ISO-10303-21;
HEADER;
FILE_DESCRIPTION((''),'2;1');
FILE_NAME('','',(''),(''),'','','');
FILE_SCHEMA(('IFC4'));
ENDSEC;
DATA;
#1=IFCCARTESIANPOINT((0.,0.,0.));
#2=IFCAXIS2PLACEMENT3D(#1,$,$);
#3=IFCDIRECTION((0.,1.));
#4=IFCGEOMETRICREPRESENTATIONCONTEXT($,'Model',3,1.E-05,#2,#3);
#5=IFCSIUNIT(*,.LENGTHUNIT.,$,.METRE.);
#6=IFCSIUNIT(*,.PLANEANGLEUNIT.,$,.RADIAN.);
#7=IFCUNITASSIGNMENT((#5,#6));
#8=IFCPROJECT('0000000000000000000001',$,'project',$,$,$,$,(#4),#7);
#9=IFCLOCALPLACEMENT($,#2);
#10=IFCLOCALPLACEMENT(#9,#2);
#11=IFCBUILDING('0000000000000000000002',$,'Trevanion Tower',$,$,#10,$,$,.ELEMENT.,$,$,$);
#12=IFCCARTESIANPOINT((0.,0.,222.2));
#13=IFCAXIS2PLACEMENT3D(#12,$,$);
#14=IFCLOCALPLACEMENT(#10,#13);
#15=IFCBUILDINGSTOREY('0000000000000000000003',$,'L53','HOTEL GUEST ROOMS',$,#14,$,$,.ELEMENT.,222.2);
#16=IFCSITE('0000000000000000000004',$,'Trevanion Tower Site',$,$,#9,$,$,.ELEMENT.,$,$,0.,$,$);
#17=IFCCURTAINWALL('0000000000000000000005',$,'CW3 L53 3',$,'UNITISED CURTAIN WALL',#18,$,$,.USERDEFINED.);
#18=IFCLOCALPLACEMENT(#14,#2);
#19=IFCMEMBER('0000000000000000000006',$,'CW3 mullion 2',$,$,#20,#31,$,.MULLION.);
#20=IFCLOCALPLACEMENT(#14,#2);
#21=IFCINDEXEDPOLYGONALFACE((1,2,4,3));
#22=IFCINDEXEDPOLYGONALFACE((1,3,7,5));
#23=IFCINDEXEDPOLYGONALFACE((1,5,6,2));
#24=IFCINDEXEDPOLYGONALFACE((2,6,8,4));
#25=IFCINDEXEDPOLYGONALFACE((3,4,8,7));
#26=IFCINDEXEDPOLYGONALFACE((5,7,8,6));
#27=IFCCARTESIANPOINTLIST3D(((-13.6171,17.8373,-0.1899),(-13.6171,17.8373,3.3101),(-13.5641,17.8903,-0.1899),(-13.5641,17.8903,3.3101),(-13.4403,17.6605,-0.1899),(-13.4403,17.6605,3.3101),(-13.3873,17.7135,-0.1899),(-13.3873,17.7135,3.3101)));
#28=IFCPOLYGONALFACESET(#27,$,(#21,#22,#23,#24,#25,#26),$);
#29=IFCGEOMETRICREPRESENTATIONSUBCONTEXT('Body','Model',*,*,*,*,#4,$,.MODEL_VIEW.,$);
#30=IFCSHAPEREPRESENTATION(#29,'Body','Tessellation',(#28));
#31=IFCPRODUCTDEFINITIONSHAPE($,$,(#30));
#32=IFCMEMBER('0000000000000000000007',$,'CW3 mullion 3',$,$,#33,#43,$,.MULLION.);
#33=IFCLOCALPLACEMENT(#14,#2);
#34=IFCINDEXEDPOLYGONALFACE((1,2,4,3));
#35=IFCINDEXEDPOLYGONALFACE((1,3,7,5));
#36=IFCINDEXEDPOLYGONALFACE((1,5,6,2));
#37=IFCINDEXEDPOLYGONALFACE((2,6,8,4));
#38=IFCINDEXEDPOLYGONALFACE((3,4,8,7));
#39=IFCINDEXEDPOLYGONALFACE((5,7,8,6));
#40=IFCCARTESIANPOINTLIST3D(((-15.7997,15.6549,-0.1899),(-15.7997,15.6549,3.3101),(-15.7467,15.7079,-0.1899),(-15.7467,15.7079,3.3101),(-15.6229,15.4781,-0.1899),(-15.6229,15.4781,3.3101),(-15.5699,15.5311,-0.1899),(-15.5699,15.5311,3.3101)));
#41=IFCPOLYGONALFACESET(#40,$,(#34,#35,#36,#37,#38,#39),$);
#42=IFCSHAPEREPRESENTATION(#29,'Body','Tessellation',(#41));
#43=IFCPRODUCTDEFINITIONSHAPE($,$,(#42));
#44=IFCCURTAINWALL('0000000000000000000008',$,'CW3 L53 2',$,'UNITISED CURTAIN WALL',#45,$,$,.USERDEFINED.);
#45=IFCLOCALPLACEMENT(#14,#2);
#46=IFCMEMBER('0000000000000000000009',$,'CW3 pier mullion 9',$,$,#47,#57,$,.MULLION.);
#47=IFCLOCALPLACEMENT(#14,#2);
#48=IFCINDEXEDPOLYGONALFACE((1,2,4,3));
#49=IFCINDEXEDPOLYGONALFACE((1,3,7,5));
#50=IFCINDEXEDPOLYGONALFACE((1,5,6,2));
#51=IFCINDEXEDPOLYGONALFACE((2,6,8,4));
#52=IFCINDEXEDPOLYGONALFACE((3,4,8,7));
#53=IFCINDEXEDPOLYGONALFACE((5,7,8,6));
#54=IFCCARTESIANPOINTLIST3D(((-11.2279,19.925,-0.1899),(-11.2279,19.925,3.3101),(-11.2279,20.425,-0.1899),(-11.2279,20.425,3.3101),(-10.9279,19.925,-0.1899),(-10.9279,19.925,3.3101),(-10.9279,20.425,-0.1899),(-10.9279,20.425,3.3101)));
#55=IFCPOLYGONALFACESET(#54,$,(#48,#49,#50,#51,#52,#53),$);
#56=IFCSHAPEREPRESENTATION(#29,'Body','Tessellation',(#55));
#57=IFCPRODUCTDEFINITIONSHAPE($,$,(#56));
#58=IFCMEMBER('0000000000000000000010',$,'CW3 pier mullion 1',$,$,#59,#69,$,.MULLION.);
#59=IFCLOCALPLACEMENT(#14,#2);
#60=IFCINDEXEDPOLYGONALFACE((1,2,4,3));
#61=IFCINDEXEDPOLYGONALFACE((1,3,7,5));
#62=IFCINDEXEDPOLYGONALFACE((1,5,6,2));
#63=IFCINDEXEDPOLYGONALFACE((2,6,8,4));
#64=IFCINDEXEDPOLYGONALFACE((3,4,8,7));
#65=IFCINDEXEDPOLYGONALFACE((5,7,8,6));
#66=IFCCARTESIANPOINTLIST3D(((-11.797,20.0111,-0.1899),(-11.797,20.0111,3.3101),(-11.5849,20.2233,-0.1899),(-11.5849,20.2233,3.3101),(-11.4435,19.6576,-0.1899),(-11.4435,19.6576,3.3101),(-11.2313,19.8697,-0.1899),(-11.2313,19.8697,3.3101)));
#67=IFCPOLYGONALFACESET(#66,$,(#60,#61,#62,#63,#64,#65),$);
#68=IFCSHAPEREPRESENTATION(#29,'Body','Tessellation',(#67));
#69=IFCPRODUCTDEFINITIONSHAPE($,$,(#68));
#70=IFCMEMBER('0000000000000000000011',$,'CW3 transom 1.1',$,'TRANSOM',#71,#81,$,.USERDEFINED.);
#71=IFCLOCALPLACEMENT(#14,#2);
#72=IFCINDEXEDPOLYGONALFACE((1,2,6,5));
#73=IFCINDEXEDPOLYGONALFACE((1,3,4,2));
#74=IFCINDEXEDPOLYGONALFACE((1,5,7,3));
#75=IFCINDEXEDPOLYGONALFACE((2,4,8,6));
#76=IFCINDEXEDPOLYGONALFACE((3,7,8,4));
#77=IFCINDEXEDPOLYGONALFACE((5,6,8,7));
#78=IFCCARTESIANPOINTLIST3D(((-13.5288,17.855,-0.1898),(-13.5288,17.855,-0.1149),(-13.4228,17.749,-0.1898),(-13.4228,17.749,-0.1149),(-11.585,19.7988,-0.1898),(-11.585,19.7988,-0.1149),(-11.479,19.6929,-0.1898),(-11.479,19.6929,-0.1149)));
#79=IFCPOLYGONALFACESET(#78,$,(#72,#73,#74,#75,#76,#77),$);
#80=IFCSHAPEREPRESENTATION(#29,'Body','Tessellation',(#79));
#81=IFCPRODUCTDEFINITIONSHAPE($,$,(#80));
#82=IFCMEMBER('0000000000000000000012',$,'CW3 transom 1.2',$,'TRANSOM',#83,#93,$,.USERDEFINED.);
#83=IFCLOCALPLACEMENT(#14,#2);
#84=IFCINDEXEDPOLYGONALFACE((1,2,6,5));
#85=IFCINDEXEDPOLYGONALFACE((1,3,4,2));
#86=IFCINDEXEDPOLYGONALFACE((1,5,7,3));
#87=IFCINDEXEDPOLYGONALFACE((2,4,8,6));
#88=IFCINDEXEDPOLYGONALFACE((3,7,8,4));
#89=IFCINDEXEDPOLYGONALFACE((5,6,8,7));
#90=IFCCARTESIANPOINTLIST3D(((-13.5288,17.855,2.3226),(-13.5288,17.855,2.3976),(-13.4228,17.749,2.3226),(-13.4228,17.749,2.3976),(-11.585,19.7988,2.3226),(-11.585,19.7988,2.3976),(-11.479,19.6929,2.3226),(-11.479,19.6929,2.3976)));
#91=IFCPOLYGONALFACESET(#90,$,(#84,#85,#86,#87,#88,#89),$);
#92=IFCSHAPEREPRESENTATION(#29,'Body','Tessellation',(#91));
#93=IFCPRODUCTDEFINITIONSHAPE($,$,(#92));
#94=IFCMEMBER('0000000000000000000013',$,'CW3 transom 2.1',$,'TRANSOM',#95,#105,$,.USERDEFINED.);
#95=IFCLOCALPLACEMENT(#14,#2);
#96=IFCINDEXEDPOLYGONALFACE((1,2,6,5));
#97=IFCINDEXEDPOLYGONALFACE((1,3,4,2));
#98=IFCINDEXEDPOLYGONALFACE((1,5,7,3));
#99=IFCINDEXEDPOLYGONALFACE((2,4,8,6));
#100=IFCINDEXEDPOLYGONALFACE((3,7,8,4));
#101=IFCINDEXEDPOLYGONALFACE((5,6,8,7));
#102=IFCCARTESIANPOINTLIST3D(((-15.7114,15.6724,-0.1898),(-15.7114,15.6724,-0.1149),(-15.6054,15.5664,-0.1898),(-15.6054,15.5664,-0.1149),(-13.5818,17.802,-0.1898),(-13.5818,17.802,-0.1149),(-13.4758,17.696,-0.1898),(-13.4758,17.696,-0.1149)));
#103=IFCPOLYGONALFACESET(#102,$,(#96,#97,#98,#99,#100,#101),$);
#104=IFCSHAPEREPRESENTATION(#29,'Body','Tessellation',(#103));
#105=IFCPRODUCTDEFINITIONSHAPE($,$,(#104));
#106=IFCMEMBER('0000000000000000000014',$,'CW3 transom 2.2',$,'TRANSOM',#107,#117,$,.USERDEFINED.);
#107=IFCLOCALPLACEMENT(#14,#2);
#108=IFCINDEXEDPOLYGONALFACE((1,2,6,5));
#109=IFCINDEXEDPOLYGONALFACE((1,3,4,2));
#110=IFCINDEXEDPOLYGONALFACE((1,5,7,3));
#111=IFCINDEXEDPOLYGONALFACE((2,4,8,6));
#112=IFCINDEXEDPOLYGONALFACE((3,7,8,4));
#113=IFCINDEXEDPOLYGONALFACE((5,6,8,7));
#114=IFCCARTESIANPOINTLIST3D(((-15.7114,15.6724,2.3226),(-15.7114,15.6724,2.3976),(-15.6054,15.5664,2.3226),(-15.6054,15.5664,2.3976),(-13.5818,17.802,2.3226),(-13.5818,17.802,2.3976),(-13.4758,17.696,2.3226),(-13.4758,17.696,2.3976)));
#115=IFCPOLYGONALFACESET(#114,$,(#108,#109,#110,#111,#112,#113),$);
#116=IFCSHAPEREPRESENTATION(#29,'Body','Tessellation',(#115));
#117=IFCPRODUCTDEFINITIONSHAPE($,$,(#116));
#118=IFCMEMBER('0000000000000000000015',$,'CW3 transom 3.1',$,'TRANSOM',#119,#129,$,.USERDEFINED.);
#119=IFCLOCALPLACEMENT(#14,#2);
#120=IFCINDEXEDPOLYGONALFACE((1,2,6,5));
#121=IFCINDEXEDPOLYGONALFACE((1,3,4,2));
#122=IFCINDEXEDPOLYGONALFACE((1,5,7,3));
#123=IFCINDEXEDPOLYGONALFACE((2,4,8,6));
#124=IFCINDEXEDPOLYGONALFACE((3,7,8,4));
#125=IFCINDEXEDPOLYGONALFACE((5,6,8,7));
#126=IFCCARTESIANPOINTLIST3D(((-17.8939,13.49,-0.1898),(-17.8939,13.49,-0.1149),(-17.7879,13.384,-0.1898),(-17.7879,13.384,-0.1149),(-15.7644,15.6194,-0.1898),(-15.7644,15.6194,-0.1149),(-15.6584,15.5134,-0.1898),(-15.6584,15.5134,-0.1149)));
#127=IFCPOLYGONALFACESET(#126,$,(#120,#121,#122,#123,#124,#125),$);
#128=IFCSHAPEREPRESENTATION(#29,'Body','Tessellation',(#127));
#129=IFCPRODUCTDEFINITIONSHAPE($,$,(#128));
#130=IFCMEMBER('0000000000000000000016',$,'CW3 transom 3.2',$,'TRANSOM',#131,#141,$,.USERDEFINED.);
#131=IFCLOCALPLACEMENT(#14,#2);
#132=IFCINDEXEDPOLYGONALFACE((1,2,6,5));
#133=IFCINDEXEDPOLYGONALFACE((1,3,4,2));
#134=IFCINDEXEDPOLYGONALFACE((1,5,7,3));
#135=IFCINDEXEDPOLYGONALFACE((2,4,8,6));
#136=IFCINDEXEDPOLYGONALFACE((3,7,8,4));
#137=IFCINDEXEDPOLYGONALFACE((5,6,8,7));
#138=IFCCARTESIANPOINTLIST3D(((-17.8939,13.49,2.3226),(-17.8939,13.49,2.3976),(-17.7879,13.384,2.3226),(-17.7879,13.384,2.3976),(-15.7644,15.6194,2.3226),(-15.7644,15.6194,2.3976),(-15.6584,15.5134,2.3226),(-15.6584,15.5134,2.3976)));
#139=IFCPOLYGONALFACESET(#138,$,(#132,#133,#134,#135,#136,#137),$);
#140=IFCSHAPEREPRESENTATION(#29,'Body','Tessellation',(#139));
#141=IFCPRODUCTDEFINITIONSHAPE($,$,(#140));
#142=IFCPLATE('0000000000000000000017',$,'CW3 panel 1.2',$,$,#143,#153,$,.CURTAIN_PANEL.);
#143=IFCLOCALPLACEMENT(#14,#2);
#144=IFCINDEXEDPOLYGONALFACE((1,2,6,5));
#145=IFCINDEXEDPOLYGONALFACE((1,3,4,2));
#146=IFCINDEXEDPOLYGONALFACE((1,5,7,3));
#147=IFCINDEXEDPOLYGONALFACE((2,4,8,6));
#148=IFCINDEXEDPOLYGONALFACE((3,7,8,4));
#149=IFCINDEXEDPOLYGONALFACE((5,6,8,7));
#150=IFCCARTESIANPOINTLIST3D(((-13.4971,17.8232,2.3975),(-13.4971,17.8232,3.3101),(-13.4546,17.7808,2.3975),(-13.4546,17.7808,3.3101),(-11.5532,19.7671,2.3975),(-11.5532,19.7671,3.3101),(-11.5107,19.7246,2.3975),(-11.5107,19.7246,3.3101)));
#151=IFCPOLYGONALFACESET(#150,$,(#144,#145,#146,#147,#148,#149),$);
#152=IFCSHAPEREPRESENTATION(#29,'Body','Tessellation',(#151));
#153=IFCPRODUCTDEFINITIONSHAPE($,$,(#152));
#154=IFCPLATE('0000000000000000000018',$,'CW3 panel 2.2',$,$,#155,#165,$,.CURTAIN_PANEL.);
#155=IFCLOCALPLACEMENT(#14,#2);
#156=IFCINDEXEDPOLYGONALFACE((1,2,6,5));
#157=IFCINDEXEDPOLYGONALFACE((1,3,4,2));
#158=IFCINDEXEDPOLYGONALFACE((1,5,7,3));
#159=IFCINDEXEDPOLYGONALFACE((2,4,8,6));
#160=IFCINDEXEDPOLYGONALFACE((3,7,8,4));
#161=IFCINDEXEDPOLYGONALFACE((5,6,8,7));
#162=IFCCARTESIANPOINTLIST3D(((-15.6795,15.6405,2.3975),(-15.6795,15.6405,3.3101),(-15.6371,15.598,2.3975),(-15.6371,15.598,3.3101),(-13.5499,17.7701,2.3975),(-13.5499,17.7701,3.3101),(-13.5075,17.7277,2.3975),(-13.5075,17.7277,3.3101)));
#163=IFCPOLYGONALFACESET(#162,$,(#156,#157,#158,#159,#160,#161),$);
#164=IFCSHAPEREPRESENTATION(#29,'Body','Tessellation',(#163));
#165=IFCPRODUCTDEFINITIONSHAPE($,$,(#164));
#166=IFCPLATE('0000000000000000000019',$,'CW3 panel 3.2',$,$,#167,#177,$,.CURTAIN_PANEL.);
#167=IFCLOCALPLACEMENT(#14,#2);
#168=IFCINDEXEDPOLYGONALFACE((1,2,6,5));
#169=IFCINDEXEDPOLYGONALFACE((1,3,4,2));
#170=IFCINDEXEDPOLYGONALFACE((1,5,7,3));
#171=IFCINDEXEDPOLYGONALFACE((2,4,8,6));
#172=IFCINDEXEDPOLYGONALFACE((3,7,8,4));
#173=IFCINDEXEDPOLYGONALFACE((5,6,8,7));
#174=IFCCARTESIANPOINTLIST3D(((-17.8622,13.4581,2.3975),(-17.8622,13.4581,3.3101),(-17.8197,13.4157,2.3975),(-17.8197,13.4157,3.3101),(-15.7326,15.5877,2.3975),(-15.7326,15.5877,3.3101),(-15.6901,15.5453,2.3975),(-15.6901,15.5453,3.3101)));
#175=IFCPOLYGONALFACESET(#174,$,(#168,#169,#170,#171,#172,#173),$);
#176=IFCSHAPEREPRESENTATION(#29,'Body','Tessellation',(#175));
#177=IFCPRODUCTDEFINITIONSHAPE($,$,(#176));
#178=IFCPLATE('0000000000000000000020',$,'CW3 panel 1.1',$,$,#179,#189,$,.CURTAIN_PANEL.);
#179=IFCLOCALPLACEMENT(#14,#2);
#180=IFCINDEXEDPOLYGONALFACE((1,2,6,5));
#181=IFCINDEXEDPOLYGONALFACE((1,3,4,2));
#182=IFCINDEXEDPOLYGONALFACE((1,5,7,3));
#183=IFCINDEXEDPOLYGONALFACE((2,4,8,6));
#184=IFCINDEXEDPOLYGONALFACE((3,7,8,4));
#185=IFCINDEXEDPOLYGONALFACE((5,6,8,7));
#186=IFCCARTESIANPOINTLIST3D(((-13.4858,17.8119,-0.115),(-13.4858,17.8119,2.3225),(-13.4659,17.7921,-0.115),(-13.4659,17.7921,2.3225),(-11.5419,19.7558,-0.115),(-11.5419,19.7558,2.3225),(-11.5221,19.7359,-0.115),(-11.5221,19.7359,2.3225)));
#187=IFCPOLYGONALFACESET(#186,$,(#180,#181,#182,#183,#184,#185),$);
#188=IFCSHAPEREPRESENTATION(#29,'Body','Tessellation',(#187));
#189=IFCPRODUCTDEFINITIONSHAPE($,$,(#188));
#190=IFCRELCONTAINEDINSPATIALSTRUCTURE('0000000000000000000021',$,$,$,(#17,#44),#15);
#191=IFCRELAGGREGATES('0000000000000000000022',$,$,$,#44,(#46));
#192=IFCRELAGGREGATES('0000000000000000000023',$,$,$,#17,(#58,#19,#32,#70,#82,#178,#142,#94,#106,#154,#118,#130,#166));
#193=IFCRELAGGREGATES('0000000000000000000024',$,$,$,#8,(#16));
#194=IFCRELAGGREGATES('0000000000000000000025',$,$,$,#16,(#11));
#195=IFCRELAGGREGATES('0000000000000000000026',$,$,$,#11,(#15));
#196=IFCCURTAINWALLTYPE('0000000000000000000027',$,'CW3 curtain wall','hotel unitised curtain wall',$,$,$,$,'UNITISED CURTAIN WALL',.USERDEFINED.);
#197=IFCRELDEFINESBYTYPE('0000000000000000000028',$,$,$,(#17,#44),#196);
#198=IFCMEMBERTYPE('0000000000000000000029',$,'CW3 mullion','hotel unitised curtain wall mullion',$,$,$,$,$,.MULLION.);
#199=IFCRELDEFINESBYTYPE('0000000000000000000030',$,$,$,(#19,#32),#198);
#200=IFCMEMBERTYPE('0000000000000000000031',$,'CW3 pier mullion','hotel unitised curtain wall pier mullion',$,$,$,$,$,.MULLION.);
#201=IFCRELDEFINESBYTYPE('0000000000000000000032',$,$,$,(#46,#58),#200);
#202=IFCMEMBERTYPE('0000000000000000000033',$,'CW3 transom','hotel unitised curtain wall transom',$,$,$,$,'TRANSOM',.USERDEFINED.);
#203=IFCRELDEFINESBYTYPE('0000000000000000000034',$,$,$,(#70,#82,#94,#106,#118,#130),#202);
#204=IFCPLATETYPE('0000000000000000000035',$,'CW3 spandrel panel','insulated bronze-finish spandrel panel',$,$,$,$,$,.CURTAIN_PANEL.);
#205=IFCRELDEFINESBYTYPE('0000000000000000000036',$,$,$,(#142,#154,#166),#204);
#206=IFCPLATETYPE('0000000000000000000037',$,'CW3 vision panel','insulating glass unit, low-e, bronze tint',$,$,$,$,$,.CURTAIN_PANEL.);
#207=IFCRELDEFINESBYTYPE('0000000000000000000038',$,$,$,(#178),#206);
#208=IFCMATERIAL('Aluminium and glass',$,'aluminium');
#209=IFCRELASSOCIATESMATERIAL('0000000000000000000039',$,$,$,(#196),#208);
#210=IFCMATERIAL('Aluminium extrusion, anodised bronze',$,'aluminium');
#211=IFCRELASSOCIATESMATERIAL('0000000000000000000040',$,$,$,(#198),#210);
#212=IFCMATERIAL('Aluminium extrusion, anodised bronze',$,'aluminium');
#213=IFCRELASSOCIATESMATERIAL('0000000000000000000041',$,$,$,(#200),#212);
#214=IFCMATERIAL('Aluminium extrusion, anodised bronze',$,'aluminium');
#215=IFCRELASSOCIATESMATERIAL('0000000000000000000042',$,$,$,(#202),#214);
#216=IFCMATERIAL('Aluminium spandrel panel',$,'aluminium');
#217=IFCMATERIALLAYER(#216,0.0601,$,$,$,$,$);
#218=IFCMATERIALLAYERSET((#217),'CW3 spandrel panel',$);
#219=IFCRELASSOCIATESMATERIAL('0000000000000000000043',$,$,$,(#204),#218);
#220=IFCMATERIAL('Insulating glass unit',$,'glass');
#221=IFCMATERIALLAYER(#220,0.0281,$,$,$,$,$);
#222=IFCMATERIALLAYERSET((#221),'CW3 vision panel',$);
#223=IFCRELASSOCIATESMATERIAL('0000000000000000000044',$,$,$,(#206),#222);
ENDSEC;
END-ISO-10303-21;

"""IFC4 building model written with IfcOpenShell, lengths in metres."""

from ifc_helpers import new_model, si_unit, direction, frame, origin, origin_2d, place, context, subcontext, project, spatial, rectangle, extrude, material, layer, layer_set, material_profile, profile_set, type_object, element, aggregate, save


model = new_model("IFC4")

# Units and contexts
model_context = context("Model", 3, precision=1e-05, world=origin(), true_north=direction((0.0, 1.0)))
body_context = subcontext(model_context, "Body", "Model", "MODEL_VIEW")
ifc_project = project(units=[si_unit("LENGTHUNIT", "METRE"), si_unit("PLANEANGLEUNIT", "RADIAN")], contexts=[model_context])

# Site, building, storey
site_placement = place(None, origin())
site = spatial("IfcSite", under=ifc_project, at=site_placement, Name="Trevanion Tower Site", CompositionType="ELEMENT", RefElevation=0.0)
building_placement = place(site_placement, origin())
building = spatial("IfcBuilding", under=site, at=building_placement, Name="Trevanion Tower", CompositionType="ELEMENT")
storey_placement = place(building_placement, frame((0.0, 0.0, 222.2)))
storey = spatial("IfcBuildingStorey", under=building, at=storey_placement, Name="L53", Description="HOTEL GUEST ROOMS", CompositionType="ELEMENT", Elevation=222.2)

# Curtain wall, members
ifc_material_1 = material(Name="Aluminium and glass", Category="aluminium")
curtain_wall_type = type_object("IfcCurtainWallType", Name="CW3 curtain wall", Description="hotel unitised curtain wall", ElementType="UNITISED CURTAIN WALL", PredefinedType="USERDEFINED", material=ifc_material_1)
curtain_wall_1_placement = place(storey_placement, origin())
curtain_wall_1 = element("IfcCurtainWall", 1, at=curtain_wall_1_placement, inside=storey, type_object=curtain_wall_type, Name="CW3 L53 3", ObjectType="UNITISED CURTAIN WALL", PredefinedType="USERDEFINED")
ifc_material_2 = material(Name="Aluminium extrusion, anodised bronze", Category="aluminium")
ifc_material_profile_1 = material_profile(ifc_material_2, rectangle(XDim=0.075, YDim=0.25, at=origin_2d()), Name="CW3 mullion")
ifc_profile_set_1 = profile_set([ifc_material_profile_1], Name="Aluminium extrusion, anodised bronze")
member_type_1 = type_object("IfcMemberType", Name="CW3 mullion", Description="hotel unitised curtain wall mullion", PredefinedType="MULLION", material=ifc_profile_set_1)
member_1_placement = place(storey_placement, frame((-13.5022, 17.7754, -0.1899), z_axis=(0.0, 0.0, 1.0), x_axis=(-0.707107, -0.707107, 0.0)))
member_1 = element("IfcMember", 2, at=member_1_placement, type_object=member_type_1, Name="CW3 mullion 2", PredefinedType="MULLION", context=body_context, shape_type="SweptSolid", body=[
    extrude(rectangle(XDim=0.075, YDim=0.25, at=origin_2d()), origin(), (0.0, 0.0, 1.0), 3.5),
])
member_2_placement = place(storey_placement, frame((-15.6848, 15.593, -0.1899), z_axis=(0.0, 0.0, 1.0), x_axis=(-0.707107, -0.707107, 0.0)))
member_2 = element("IfcMember", 3, at=member_2_placement, type_object=member_type_1, Name="CW3 mullion 3", PredefinedType="MULLION", context=body_context, shape_type="SweptSolid", body=[
    extrude(rectangle(XDim=0.075, YDim=0.25, at=origin_2d()), origin(), (0.0, 0.0, 1.0), 3.5),
])

# Curtain wall, member
curtain_wall_2_placement = place(storey_placement, origin())
curtain_wall_2 = element("IfcCurtainWall", 4, at=curtain_wall_2_placement, inside=storey, type_object=curtain_wall_type, Name="CW3 L53 2", ObjectType="UNITISED CURTAIN WALL", PredefinedType="USERDEFINED")
ifc_material_3 = material(Name="Aluminium extrusion, anodised bronze", Category="aluminium")
ifc_material_profile_2 = material_profile(ifc_material_3, rectangle(XDim=0.3, YDim=0.5, at=origin_2d()), Name="CW3 pier mullion")
ifc_profile_set_2 = profile_set([ifc_material_profile_2], Name="Aluminium extrusion, anodised bronze")
member_type_2 = type_object("IfcMemberType", Name="CW3 pier mullion", Description="hotel unitised curtain wall pier mullion", PredefinedType="MULLION", material=ifc_profile_set_2)
member_3_placement = place(storey_placement, frame((-11.0779, 20.175, -0.1899), z_axis=(0.0, 0.0, 1.0), x_axis=(-1.0, 0.0, 0.0)))
member_3 = element("IfcMember", 5, at=member_3_placement, type_object=member_type_2, Name="CW3 pier mullion 9", PredefinedType="MULLION", context=body_context, shape_type="SweptSolid", body=[
    extrude(rectangle(XDim=0.3, YDim=0.5, at=origin_2d()), origin(), (0.0, 0.0, 1.0), 3.5),
])
aggregate(curtain_wall_2, [member_3])

# Members
member_4_placement = place(storey_placement, frame((-11.5142, 19.9404, -0.1899), z_axis=(0.0, 0.0, 1.0), x_axis=(-0.707107, -0.707107, 0.0)))
member_4 = element("IfcMember", 6, at=member_4_placement, type_object=member_type_2, Name="CW3 pier mullion 1", PredefinedType="MULLION", context=body_context, shape_type="SweptSolid", body=[
    extrude(rectangle(XDim=0.3, YDim=0.5, at=origin_2d()), origin(), (0.0, 0.0, 1.0), 3.5),
])
ifc_material_4 = material(Name="Aluminium extrusion, anodised bronze", Category="aluminium")
ifc_material_profile_3 = material_profile(ifc_material_4, rectangle(XDim=0.1499, YDim=0.075, at=origin_2d()), Name="CW3 transom")
ifc_profile_set_3 = profile_set([ifc_material_profile_3], Name="Aluminium extrusion, anodised bronze")
member_type_3 = type_object("IfcMemberType", Name="CW3 transom", Description="hotel unitised curtain wall transom", ElementType="TRANSOM", PredefinedType="USERDEFINED", material=ifc_profile_set_3)
member_5_placement = place(storey_placement, frame((-11.532, 19.7458, -0.1523), z_axis=(-0.707107, -0.707107, 0.0), x_axis=(0.707107, -0.707107, 0.0)))
member_5 = element("IfcMember", 7, at=member_5_placement, type_object=member_type_3, Name="CW3 transom 1.1", ObjectType="TRANSOM", PredefinedType="USERDEFINED", context=body_context, shape_type="SweptSolid", body=[
    extrude(rectangle(XDim=0.1499, YDim=0.075, at=origin_2d()), origin(), (0.0, 0.0, 1.0), 2.749),
])
member_6_placement = place(storey_placement, frame((-11.532, 19.7458, 2.3601), z_axis=(-0.707107, -0.707107, 0.0), x_axis=(0.707107, -0.707107, 0.0)))
member_6 = element("IfcMember", 8, at=member_6_placement, type_object=member_type_3, Name="CW3 transom 1.2", ObjectType="TRANSOM", PredefinedType="USERDEFINED", context=body_context, shape_type="SweptSolid", body=[
    extrude(rectangle(XDim=0.1499, YDim=0.075, at=origin_2d()), origin(), (0.0, 0.0, 1.0), 2.749),
])
member_7_placement = place(storey_placement, frame((-13.5288, 17.749, -0.1523), z_axis=(-0.707107, -0.707107, 0.0), x_axis=(0.707107, -0.707107, 0.0)))
member_7 = element("IfcMember", 9, at=member_7_placement, type_object=member_type_3, Name="CW3 transom 2.1", ObjectType="TRANSOM", PredefinedType="USERDEFINED", context=body_context, shape_type="SweptSolid", body=[
    extrude(rectangle(XDim=0.1499, YDim=0.075, at=origin_2d()), origin(), (0.0, 0.0, 1.0), 3.0117),
])
member_8_placement = place(storey_placement, frame((-13.5288, 17.749, 2.3601), z_axis=(-0.707107, -0.707107, 0.0), x_axis=(0.707107, -0.707107, 0.0)))
member_8 = element("IfcMember", 10, at=member_8_placement, type_object=member_type_3, Name="CW3 transom 2.2", ObjectType="TRANSOM", PredefinedType="USERDEFINED", context=body_context, shape_type="SweptSolid", body=[
    extrude(rectangle(XDim=0.1499, YDim=0.075, at=origin_2d()), origin(), (0.0, 0.0, 1.0), 3.0117),
])
member_9_placement = place(storey_placement, frame((-15.7114, 15.5664, -0.1523), z_axis=(-0.707107, -0.707107, 0.0), x_axis=(0.707107, -0.707107, 0.0)))
member_9 = element("IfcMember", 11, at=member_9_placement, type_object=member_type_3, Name="CW3 transom 3.1", ObjectType="TRANSOM", PredefinedType="USERDEFINED", context=body_context, shape_type="SweptSolid", body=[
    extrude(rectangle(XDim=0.1499, YDim=0.075, at=origin_2d()), origin(), (0.0, 0.0, 1.0), 3.0115),
])
member_10_placement = place(storey_placement, frame((-15.7114, 15.5664, 2.3601), z_axis=(-0.707107, -0.707107, 0.0), x_axis=(0.707107, -0.707107, 0.0)))
member_10 = element("IfcMember", 12, at=member_10_placement, type_object=member_type_3, Name="CW3 transom 3.2", ObjectType="TRANSOM", PredefinedType="USERDEFINED", context=body_context, shape_type="SweptSolid", body=[
    extrude(rectangle(XDim=0.1499, YDim=0.075, at=origin_2d()), origin(), (0.0, 0.0, 1.0), 3.0115),
])

# Plates
ifc_material_5 = material(Name="Aluminium spandrel panel", Category="aluminium")
ifc_layer_1 = layer(ifc_material_5, 0.0601)
ifc_layer_set_1 = layer_set([ifc_layer_1], Name="CW3 spandrel panel")
plate_type_1 = type_object("IfcPlateType", Name="CW3 spandrel panel", Description="insulated bronze-finish spandrel panel", PredefinedType="CURTAIN_PANEL", material=ifc_layer_set_1)
plate_1_placement = place(storey_placement, frame((-12.5039, 18.7739, 2.3975), z_axis=(0.0, 0.0, 1.0), x_axis=(-0.707107, -0.707107, 0.0)))
plate_1 = element("IfcPlate", 13, at=plate_1_placement, type_object=plate_type_1, Name="CW3 panel 1.2", PredefinedType="CURTAIN_PANEL", context=body_context, shape_type="SweptSolid", body=[
    extrude(rectangle(XDim=2.749, YDim=0.0601, at=origin_2d()), origin(), (0.0, 0.0, 1.0), 0.9126),
])
plate_2_placement = place(storey_placement, frame((-14.5935, 16.6841, 2.3975), z_axis=(0.0, 0.0, 1.0), x_axis=(-0.707107, -0.707107, 0.0)))
plate_2 = element("IfcPlate", 14, at=plate_2_placement, type_object=plate_type_1, Name="CW3 panel 2.2", PredefinedType="CURTAIN_PANEL", context=body_context, shape_type="SweptSolid", body=[
    extrude(rectangle(XDim=3.0117, YDim=0.0601, at=origin_2d()), origin(), (0.0, 0.0, 1.0), 0.9126),
])
plate_3_placement = place(storey_placement, frame((-16.7761, 14.5017, 2.3975), z_axis=(0.0, 0.0, 1.0), x_axis=(-0.707107, -0.707107, 0.0)))
plate_3 = element("IfcPlate", 15, at=plate_3_placement, type_object=plate_type_1, Name="CW3 panel 3.2", PredefinedType="CURTAIN_PANEL", context=body_context, shape_type="SweptSolid", body=[
    extrude(rectangle(XDim=3.0117, YDim=0.0601, at=origin_2d()), origin(), (0.0, 0.0, 1.0), 0.9126),
])
ifc_material_6 = material(Name="Insulating glass unit", Category="glass")
ifc_layer_2 = layer(ifc_material_6, 0.0281)
ifc_layer_set_2 = layer_set([ifc_layer_2], Name="CW3 vision panel")
plate_type_2 = type_object("IfcPlateType", Name="CW3 vision panel", Description="insulating glass unit, low-e, bronze tint", PredefinedType="CURTAIN_PANEL", material=ifc_layer_set_2)
plate_4_placement = place(storey_placement, frame((-12.5039, 18.7739, -0.115), z_axis=(0.0, 0.0, 1.0), x_axis=(-0.707107, -0.707107, 0.0)))
plate_4 = element("IfcPlate", 16, at=plate_4_placement, type_object=plate_type_2, Name="CW3 panel 1.1", PredefinedType="CURTAIN_PANEL", context=body_context, shape_type="SweptSolid", body=[
    extrude(rectangle(XDim=2.749, YDim=0.0281, at=origin_2d()), origin(), (0.0, 0.0, 1.0), 2.4375),
])
aggregate(curtain_wall_1, [member_4, member_1, member_2, member_5, member_6, plate_4, plate_1, member_7, member_8, plate_2, member_9, member_10, plate_3])

save(model, "model.ifc")
